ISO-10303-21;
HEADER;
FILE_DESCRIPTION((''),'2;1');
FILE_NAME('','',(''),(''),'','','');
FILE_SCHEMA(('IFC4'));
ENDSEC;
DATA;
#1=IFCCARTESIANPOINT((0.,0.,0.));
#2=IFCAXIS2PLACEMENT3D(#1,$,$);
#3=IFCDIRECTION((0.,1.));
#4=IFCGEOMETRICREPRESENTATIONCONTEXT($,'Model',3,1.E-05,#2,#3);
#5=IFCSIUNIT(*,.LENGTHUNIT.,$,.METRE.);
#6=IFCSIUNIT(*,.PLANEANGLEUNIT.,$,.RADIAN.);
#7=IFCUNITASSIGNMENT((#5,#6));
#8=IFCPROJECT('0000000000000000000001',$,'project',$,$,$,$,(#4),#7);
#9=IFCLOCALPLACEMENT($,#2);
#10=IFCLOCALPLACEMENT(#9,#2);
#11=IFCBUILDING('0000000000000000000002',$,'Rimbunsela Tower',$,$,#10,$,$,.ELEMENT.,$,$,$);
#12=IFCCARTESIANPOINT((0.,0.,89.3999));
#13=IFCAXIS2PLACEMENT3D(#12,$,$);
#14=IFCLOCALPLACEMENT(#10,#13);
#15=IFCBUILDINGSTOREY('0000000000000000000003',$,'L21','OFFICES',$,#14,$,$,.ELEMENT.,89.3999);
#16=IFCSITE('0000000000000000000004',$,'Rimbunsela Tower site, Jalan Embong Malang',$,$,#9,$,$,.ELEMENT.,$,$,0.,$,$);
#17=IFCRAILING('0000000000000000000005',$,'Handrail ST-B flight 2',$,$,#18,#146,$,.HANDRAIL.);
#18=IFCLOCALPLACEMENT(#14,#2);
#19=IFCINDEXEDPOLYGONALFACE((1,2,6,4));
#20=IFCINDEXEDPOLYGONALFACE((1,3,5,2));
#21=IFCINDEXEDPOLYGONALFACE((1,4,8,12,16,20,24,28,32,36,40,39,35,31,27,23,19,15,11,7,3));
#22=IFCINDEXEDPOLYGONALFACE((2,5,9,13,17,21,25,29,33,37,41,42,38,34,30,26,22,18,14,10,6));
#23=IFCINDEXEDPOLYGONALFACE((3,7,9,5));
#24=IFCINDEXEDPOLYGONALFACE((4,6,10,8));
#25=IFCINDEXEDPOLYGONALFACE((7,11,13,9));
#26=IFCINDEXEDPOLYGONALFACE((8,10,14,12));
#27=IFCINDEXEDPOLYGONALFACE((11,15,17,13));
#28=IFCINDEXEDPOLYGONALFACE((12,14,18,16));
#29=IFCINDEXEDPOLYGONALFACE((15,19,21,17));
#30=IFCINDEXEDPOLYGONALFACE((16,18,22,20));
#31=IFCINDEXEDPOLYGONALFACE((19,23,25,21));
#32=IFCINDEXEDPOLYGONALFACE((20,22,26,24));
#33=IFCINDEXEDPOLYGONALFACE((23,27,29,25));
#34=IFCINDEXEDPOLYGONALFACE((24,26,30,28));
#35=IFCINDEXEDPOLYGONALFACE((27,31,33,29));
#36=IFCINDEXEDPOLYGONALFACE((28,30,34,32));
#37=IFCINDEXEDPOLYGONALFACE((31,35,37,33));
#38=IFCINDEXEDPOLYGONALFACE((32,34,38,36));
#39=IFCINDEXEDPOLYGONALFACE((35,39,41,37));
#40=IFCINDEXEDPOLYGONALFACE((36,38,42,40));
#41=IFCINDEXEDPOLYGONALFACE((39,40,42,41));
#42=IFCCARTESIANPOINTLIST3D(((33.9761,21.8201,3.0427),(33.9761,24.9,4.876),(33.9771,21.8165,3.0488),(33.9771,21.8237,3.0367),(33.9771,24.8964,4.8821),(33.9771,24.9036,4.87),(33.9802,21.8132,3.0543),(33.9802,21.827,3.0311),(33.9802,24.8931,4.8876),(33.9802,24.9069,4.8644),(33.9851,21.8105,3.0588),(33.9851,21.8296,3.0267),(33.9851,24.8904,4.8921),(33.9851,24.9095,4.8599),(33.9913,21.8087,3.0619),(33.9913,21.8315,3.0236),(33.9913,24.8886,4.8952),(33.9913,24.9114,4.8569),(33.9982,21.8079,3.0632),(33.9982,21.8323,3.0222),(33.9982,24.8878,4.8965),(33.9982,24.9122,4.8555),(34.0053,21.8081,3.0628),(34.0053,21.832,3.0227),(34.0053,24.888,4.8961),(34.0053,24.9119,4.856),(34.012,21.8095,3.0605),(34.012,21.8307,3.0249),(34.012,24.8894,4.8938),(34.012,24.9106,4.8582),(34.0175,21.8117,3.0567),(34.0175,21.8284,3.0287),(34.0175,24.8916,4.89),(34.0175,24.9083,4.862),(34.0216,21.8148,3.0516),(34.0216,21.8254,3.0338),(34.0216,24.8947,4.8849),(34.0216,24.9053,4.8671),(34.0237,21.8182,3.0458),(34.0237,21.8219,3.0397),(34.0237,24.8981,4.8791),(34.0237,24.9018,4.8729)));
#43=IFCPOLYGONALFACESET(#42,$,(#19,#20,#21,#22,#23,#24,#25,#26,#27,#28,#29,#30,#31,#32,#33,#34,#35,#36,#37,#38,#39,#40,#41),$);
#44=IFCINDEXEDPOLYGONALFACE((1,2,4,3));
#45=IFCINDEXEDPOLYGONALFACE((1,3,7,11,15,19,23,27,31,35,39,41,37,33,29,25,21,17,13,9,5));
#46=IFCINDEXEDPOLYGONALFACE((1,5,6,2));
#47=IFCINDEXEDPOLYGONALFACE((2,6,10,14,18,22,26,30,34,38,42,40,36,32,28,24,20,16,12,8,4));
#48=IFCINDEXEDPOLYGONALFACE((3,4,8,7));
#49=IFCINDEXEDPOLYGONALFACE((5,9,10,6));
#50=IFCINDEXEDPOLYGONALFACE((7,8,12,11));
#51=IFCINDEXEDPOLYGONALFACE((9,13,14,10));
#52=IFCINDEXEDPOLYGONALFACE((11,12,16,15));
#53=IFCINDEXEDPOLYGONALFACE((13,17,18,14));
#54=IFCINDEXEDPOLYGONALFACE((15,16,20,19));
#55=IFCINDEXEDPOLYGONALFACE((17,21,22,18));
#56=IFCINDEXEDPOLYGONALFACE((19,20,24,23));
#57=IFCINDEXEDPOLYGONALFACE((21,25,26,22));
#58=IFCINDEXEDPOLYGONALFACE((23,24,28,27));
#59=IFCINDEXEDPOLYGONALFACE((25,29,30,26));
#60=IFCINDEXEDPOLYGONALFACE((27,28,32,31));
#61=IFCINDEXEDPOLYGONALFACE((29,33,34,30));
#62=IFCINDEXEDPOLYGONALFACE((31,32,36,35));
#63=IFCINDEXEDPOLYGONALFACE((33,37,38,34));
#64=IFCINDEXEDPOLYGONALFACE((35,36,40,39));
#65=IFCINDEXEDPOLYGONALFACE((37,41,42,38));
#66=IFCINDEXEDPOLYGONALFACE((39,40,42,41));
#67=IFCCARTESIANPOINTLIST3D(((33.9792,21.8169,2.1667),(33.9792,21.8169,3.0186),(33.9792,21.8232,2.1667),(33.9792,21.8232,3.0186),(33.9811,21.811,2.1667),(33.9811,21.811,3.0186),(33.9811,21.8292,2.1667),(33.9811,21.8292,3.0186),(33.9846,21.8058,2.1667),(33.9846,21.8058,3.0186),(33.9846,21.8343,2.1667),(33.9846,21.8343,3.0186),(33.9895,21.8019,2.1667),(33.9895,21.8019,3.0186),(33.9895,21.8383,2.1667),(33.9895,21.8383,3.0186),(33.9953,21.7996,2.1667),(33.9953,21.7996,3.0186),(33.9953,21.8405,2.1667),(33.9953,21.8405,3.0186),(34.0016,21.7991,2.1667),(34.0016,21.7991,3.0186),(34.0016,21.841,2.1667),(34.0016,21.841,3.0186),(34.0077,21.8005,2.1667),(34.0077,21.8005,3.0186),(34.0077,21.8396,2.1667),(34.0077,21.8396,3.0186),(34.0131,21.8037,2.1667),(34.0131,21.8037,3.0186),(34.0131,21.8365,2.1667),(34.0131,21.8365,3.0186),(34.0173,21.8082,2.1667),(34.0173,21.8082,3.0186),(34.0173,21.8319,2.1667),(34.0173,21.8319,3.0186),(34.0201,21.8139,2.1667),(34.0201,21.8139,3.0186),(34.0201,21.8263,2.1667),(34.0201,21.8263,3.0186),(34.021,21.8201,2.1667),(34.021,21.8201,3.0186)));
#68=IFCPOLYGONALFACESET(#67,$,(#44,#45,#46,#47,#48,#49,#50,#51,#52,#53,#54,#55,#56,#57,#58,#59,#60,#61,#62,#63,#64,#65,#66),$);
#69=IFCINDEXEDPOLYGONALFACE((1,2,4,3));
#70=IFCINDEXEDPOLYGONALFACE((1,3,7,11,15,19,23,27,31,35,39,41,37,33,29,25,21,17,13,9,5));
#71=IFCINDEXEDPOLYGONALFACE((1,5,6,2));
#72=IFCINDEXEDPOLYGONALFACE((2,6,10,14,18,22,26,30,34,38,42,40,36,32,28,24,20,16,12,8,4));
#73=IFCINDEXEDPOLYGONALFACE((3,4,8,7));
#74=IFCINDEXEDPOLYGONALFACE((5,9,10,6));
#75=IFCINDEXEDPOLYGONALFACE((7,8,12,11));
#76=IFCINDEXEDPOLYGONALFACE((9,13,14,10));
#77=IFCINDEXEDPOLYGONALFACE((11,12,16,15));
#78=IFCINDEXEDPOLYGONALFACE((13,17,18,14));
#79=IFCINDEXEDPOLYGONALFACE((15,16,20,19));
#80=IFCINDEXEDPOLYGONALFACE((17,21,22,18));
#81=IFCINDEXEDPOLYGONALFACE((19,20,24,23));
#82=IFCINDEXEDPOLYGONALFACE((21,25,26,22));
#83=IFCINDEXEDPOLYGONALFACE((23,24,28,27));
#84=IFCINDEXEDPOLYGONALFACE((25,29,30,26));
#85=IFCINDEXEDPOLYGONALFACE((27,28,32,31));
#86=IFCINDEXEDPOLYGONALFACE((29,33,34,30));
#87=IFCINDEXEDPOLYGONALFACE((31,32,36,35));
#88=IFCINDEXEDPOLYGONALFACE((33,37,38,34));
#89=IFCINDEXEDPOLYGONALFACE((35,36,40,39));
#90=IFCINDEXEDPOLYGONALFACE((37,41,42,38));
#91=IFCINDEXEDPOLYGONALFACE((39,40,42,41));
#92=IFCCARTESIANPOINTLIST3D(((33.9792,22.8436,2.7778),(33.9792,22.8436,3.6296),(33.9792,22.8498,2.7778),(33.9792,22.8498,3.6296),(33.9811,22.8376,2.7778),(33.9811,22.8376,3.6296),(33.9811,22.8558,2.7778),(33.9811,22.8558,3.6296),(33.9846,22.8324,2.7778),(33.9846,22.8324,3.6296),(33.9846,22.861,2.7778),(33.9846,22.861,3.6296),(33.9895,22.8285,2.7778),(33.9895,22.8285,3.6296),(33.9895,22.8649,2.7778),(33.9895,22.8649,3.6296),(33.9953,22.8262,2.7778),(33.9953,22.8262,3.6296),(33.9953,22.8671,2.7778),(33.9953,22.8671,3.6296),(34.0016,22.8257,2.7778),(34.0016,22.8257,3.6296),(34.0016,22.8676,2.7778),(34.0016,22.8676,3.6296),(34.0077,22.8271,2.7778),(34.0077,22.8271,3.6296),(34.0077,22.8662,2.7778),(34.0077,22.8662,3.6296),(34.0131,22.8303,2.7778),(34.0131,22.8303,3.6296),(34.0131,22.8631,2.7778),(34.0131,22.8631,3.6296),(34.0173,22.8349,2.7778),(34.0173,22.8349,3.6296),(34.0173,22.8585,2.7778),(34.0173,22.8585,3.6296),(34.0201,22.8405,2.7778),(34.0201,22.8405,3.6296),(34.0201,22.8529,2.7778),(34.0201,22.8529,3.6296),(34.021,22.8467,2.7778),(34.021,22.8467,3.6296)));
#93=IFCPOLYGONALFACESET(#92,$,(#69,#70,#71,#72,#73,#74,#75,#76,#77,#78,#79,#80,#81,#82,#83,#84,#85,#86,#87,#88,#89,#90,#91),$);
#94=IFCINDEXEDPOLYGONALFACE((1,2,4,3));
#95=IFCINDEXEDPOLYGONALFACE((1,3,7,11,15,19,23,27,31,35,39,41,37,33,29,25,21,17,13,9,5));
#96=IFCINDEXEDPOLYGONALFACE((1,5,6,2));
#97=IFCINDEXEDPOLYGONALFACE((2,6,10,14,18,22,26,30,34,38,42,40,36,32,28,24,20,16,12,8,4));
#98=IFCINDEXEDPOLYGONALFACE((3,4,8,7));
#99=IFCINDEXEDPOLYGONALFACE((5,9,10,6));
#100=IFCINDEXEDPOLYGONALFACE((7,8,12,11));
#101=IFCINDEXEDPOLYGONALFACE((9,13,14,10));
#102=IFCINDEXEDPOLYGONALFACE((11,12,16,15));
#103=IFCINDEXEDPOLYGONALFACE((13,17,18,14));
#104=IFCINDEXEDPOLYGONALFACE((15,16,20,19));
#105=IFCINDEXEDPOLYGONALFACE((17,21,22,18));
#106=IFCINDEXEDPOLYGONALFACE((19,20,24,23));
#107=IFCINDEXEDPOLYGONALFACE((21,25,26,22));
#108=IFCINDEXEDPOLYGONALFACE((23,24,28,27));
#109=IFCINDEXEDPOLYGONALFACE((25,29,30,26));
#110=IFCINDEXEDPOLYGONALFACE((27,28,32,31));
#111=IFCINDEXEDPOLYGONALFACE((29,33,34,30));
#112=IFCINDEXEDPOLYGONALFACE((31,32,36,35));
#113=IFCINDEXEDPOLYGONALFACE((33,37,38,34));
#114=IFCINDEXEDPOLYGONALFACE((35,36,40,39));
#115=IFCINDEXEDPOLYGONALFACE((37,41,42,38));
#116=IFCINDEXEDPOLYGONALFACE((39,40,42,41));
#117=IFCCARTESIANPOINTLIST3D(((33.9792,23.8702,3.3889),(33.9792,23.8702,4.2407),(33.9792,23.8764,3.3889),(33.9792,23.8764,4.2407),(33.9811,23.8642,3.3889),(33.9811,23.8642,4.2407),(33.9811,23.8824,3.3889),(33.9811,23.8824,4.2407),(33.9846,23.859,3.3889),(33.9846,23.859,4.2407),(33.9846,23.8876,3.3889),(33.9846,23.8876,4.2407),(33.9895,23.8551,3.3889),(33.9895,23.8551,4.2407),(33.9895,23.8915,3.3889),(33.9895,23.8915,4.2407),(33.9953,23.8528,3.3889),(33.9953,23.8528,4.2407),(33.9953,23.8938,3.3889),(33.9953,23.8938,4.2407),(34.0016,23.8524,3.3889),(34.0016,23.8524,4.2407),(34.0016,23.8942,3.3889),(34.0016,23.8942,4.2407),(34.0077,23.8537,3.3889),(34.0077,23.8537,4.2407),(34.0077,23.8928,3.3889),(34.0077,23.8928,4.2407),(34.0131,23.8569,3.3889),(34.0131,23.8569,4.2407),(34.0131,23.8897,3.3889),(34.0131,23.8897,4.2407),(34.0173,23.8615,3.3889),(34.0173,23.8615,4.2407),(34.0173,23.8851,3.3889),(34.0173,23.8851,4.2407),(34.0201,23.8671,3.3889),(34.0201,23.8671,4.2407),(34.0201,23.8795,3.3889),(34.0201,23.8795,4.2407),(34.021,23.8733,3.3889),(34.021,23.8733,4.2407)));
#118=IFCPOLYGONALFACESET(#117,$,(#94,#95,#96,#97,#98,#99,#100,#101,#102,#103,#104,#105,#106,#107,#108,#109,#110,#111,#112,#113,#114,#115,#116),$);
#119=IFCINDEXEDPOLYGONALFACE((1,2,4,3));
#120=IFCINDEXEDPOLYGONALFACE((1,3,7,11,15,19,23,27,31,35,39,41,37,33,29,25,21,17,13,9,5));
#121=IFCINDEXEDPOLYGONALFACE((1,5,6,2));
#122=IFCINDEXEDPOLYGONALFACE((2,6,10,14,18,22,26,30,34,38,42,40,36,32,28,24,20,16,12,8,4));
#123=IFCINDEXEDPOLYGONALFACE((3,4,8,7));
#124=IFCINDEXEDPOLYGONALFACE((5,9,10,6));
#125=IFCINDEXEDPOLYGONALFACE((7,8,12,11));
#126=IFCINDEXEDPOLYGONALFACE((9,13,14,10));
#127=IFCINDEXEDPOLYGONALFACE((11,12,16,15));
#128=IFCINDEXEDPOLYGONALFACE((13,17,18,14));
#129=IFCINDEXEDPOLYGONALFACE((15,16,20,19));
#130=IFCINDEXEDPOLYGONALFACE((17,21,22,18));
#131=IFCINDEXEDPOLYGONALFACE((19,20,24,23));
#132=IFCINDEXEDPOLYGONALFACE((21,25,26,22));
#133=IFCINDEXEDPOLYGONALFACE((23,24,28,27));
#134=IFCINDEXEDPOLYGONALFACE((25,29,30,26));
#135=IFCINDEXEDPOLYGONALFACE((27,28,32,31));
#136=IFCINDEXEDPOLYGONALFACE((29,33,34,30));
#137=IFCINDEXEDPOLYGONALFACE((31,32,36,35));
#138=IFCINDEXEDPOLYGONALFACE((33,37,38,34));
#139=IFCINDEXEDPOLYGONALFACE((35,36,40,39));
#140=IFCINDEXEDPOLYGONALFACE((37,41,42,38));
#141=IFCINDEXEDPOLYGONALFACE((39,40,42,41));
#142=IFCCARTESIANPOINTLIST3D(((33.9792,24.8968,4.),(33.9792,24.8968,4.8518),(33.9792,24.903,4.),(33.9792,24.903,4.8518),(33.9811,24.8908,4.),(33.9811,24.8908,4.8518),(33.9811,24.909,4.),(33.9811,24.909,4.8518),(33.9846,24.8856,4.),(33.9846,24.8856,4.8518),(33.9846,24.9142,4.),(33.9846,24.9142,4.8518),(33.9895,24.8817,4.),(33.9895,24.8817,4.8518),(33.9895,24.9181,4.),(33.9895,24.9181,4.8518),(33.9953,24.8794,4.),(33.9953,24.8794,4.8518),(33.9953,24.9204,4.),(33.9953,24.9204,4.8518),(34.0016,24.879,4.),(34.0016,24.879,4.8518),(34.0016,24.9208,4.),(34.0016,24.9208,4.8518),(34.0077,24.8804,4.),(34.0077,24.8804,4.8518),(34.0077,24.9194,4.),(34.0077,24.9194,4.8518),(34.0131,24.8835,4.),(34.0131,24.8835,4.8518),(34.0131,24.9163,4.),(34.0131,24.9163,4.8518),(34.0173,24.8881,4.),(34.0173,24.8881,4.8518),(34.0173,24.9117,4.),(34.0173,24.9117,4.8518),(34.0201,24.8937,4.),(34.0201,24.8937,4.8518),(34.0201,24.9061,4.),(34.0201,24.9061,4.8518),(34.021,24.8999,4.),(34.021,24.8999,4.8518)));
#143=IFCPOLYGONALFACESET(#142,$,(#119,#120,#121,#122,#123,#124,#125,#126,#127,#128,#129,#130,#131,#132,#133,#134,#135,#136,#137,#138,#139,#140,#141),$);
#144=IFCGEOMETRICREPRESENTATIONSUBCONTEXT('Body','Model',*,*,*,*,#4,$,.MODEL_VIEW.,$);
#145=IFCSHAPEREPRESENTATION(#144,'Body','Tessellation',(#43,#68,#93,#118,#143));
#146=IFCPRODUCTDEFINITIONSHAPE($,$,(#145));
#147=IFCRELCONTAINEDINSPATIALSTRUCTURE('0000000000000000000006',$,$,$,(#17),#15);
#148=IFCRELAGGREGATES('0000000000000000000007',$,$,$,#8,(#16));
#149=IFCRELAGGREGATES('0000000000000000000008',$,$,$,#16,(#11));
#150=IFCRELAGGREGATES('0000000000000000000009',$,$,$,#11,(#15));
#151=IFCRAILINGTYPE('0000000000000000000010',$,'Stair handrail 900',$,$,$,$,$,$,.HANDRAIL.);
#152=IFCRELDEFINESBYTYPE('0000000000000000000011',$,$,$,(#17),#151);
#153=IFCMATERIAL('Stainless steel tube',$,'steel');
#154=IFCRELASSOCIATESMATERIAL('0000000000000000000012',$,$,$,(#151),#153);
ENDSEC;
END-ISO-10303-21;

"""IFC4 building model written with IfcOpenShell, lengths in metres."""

from ifc_helpers import new_model, si_unit, direction, frame, origin, origin_2d, place, context, subcontext, project, spatial, circle, extrude, material, type_object, element, save


model = new_model("IFC4")

# Units and contexts
model_context = context("Model", 3, precision=1e-05, world=origin(), true_north=direction((0.0, 1.0)))
body_context = subcontext(model_context, "Body", "Model", "MODEL_VIEW")
ifc_project = project(units=[si_unit("LENGTHUNIT", "METRE"), si_unit("PLANEANGLEUNIT", "RADIAN")], contexts=[model_context])

# Site, building, storey
site_placement = place(None, origin())
site = spatial("IfcSite", under=ifc_project, at=site_placement, Name="Rimbunsela Tower site, Jalan Embong Malang", CompositionType="ELEMENT", RefElevation=0.0)
building_placement = place(site_placement, origin())
building = spatial("IfcBuilding", under=site, at=building_placement, Name="Rimbunsela Tower", CompositionType="ELEMENT")
storey_placement = place(building_placement, frame((0.0, 0.0, 89.3999)))
storey = spatial("IfcBuildingStorey", under=building, at=storey_placement, Name="L21", Description="OFFICES", CompositionType="ELEMENT", Elevation=89.3999)

# Railing
ifc_material_1 = material(Name="Stainless steel tube", Category="steel")
railing_type = type_object("IfcRailingType", Name="Stair handrail 900", PredefinedType="HANDRAIL", material=ifc_material_1)
railing_placement = place(storey_placement, frame((34.0, 21.8201, 2.1667)))
element("IfcRailing", 1, at=railing_placement, inside=storey, type_object=railing_type, Name="Handrail ST-B flight 2", PredefinedType="HANDRAIL", context=body_context, shape_type="SweptSolid", body=[
    extrude(circle(Radius=0.0239, at=origin_2d()), frame((0.0, 0.0, 0.876), z_axis=(0.0, 0.859291, 0.511487), x_axis=(-1.0, 0.0, 0.0)), (0.0, 0.0, 1.0), 3.5842),
    extrude(circle(Radius=0.021, at=origin_2d()), origin(), (0.0, 0.0, 1.0), 0.8518),
    extrude(circle(Radius=0.021, at=origin_2d()), frame((0.0, 1.0266, 0.6111)), (0.0, 0.0, 1.0), 0.8518),
    extrude(circle(Radius=0.021, at=origin_2d()), frame((0.0, 2.0532, 1.2222)), (0.0, 0.0, 1.0), 0.8518),
    extrude(circle(Radius=0.021, at=origin_2d()), frame((0.0, 3.0798, 1.8333)), (0.0, 0.0, 1.0), 0.8518),
])

save(model, "model.ifc")
